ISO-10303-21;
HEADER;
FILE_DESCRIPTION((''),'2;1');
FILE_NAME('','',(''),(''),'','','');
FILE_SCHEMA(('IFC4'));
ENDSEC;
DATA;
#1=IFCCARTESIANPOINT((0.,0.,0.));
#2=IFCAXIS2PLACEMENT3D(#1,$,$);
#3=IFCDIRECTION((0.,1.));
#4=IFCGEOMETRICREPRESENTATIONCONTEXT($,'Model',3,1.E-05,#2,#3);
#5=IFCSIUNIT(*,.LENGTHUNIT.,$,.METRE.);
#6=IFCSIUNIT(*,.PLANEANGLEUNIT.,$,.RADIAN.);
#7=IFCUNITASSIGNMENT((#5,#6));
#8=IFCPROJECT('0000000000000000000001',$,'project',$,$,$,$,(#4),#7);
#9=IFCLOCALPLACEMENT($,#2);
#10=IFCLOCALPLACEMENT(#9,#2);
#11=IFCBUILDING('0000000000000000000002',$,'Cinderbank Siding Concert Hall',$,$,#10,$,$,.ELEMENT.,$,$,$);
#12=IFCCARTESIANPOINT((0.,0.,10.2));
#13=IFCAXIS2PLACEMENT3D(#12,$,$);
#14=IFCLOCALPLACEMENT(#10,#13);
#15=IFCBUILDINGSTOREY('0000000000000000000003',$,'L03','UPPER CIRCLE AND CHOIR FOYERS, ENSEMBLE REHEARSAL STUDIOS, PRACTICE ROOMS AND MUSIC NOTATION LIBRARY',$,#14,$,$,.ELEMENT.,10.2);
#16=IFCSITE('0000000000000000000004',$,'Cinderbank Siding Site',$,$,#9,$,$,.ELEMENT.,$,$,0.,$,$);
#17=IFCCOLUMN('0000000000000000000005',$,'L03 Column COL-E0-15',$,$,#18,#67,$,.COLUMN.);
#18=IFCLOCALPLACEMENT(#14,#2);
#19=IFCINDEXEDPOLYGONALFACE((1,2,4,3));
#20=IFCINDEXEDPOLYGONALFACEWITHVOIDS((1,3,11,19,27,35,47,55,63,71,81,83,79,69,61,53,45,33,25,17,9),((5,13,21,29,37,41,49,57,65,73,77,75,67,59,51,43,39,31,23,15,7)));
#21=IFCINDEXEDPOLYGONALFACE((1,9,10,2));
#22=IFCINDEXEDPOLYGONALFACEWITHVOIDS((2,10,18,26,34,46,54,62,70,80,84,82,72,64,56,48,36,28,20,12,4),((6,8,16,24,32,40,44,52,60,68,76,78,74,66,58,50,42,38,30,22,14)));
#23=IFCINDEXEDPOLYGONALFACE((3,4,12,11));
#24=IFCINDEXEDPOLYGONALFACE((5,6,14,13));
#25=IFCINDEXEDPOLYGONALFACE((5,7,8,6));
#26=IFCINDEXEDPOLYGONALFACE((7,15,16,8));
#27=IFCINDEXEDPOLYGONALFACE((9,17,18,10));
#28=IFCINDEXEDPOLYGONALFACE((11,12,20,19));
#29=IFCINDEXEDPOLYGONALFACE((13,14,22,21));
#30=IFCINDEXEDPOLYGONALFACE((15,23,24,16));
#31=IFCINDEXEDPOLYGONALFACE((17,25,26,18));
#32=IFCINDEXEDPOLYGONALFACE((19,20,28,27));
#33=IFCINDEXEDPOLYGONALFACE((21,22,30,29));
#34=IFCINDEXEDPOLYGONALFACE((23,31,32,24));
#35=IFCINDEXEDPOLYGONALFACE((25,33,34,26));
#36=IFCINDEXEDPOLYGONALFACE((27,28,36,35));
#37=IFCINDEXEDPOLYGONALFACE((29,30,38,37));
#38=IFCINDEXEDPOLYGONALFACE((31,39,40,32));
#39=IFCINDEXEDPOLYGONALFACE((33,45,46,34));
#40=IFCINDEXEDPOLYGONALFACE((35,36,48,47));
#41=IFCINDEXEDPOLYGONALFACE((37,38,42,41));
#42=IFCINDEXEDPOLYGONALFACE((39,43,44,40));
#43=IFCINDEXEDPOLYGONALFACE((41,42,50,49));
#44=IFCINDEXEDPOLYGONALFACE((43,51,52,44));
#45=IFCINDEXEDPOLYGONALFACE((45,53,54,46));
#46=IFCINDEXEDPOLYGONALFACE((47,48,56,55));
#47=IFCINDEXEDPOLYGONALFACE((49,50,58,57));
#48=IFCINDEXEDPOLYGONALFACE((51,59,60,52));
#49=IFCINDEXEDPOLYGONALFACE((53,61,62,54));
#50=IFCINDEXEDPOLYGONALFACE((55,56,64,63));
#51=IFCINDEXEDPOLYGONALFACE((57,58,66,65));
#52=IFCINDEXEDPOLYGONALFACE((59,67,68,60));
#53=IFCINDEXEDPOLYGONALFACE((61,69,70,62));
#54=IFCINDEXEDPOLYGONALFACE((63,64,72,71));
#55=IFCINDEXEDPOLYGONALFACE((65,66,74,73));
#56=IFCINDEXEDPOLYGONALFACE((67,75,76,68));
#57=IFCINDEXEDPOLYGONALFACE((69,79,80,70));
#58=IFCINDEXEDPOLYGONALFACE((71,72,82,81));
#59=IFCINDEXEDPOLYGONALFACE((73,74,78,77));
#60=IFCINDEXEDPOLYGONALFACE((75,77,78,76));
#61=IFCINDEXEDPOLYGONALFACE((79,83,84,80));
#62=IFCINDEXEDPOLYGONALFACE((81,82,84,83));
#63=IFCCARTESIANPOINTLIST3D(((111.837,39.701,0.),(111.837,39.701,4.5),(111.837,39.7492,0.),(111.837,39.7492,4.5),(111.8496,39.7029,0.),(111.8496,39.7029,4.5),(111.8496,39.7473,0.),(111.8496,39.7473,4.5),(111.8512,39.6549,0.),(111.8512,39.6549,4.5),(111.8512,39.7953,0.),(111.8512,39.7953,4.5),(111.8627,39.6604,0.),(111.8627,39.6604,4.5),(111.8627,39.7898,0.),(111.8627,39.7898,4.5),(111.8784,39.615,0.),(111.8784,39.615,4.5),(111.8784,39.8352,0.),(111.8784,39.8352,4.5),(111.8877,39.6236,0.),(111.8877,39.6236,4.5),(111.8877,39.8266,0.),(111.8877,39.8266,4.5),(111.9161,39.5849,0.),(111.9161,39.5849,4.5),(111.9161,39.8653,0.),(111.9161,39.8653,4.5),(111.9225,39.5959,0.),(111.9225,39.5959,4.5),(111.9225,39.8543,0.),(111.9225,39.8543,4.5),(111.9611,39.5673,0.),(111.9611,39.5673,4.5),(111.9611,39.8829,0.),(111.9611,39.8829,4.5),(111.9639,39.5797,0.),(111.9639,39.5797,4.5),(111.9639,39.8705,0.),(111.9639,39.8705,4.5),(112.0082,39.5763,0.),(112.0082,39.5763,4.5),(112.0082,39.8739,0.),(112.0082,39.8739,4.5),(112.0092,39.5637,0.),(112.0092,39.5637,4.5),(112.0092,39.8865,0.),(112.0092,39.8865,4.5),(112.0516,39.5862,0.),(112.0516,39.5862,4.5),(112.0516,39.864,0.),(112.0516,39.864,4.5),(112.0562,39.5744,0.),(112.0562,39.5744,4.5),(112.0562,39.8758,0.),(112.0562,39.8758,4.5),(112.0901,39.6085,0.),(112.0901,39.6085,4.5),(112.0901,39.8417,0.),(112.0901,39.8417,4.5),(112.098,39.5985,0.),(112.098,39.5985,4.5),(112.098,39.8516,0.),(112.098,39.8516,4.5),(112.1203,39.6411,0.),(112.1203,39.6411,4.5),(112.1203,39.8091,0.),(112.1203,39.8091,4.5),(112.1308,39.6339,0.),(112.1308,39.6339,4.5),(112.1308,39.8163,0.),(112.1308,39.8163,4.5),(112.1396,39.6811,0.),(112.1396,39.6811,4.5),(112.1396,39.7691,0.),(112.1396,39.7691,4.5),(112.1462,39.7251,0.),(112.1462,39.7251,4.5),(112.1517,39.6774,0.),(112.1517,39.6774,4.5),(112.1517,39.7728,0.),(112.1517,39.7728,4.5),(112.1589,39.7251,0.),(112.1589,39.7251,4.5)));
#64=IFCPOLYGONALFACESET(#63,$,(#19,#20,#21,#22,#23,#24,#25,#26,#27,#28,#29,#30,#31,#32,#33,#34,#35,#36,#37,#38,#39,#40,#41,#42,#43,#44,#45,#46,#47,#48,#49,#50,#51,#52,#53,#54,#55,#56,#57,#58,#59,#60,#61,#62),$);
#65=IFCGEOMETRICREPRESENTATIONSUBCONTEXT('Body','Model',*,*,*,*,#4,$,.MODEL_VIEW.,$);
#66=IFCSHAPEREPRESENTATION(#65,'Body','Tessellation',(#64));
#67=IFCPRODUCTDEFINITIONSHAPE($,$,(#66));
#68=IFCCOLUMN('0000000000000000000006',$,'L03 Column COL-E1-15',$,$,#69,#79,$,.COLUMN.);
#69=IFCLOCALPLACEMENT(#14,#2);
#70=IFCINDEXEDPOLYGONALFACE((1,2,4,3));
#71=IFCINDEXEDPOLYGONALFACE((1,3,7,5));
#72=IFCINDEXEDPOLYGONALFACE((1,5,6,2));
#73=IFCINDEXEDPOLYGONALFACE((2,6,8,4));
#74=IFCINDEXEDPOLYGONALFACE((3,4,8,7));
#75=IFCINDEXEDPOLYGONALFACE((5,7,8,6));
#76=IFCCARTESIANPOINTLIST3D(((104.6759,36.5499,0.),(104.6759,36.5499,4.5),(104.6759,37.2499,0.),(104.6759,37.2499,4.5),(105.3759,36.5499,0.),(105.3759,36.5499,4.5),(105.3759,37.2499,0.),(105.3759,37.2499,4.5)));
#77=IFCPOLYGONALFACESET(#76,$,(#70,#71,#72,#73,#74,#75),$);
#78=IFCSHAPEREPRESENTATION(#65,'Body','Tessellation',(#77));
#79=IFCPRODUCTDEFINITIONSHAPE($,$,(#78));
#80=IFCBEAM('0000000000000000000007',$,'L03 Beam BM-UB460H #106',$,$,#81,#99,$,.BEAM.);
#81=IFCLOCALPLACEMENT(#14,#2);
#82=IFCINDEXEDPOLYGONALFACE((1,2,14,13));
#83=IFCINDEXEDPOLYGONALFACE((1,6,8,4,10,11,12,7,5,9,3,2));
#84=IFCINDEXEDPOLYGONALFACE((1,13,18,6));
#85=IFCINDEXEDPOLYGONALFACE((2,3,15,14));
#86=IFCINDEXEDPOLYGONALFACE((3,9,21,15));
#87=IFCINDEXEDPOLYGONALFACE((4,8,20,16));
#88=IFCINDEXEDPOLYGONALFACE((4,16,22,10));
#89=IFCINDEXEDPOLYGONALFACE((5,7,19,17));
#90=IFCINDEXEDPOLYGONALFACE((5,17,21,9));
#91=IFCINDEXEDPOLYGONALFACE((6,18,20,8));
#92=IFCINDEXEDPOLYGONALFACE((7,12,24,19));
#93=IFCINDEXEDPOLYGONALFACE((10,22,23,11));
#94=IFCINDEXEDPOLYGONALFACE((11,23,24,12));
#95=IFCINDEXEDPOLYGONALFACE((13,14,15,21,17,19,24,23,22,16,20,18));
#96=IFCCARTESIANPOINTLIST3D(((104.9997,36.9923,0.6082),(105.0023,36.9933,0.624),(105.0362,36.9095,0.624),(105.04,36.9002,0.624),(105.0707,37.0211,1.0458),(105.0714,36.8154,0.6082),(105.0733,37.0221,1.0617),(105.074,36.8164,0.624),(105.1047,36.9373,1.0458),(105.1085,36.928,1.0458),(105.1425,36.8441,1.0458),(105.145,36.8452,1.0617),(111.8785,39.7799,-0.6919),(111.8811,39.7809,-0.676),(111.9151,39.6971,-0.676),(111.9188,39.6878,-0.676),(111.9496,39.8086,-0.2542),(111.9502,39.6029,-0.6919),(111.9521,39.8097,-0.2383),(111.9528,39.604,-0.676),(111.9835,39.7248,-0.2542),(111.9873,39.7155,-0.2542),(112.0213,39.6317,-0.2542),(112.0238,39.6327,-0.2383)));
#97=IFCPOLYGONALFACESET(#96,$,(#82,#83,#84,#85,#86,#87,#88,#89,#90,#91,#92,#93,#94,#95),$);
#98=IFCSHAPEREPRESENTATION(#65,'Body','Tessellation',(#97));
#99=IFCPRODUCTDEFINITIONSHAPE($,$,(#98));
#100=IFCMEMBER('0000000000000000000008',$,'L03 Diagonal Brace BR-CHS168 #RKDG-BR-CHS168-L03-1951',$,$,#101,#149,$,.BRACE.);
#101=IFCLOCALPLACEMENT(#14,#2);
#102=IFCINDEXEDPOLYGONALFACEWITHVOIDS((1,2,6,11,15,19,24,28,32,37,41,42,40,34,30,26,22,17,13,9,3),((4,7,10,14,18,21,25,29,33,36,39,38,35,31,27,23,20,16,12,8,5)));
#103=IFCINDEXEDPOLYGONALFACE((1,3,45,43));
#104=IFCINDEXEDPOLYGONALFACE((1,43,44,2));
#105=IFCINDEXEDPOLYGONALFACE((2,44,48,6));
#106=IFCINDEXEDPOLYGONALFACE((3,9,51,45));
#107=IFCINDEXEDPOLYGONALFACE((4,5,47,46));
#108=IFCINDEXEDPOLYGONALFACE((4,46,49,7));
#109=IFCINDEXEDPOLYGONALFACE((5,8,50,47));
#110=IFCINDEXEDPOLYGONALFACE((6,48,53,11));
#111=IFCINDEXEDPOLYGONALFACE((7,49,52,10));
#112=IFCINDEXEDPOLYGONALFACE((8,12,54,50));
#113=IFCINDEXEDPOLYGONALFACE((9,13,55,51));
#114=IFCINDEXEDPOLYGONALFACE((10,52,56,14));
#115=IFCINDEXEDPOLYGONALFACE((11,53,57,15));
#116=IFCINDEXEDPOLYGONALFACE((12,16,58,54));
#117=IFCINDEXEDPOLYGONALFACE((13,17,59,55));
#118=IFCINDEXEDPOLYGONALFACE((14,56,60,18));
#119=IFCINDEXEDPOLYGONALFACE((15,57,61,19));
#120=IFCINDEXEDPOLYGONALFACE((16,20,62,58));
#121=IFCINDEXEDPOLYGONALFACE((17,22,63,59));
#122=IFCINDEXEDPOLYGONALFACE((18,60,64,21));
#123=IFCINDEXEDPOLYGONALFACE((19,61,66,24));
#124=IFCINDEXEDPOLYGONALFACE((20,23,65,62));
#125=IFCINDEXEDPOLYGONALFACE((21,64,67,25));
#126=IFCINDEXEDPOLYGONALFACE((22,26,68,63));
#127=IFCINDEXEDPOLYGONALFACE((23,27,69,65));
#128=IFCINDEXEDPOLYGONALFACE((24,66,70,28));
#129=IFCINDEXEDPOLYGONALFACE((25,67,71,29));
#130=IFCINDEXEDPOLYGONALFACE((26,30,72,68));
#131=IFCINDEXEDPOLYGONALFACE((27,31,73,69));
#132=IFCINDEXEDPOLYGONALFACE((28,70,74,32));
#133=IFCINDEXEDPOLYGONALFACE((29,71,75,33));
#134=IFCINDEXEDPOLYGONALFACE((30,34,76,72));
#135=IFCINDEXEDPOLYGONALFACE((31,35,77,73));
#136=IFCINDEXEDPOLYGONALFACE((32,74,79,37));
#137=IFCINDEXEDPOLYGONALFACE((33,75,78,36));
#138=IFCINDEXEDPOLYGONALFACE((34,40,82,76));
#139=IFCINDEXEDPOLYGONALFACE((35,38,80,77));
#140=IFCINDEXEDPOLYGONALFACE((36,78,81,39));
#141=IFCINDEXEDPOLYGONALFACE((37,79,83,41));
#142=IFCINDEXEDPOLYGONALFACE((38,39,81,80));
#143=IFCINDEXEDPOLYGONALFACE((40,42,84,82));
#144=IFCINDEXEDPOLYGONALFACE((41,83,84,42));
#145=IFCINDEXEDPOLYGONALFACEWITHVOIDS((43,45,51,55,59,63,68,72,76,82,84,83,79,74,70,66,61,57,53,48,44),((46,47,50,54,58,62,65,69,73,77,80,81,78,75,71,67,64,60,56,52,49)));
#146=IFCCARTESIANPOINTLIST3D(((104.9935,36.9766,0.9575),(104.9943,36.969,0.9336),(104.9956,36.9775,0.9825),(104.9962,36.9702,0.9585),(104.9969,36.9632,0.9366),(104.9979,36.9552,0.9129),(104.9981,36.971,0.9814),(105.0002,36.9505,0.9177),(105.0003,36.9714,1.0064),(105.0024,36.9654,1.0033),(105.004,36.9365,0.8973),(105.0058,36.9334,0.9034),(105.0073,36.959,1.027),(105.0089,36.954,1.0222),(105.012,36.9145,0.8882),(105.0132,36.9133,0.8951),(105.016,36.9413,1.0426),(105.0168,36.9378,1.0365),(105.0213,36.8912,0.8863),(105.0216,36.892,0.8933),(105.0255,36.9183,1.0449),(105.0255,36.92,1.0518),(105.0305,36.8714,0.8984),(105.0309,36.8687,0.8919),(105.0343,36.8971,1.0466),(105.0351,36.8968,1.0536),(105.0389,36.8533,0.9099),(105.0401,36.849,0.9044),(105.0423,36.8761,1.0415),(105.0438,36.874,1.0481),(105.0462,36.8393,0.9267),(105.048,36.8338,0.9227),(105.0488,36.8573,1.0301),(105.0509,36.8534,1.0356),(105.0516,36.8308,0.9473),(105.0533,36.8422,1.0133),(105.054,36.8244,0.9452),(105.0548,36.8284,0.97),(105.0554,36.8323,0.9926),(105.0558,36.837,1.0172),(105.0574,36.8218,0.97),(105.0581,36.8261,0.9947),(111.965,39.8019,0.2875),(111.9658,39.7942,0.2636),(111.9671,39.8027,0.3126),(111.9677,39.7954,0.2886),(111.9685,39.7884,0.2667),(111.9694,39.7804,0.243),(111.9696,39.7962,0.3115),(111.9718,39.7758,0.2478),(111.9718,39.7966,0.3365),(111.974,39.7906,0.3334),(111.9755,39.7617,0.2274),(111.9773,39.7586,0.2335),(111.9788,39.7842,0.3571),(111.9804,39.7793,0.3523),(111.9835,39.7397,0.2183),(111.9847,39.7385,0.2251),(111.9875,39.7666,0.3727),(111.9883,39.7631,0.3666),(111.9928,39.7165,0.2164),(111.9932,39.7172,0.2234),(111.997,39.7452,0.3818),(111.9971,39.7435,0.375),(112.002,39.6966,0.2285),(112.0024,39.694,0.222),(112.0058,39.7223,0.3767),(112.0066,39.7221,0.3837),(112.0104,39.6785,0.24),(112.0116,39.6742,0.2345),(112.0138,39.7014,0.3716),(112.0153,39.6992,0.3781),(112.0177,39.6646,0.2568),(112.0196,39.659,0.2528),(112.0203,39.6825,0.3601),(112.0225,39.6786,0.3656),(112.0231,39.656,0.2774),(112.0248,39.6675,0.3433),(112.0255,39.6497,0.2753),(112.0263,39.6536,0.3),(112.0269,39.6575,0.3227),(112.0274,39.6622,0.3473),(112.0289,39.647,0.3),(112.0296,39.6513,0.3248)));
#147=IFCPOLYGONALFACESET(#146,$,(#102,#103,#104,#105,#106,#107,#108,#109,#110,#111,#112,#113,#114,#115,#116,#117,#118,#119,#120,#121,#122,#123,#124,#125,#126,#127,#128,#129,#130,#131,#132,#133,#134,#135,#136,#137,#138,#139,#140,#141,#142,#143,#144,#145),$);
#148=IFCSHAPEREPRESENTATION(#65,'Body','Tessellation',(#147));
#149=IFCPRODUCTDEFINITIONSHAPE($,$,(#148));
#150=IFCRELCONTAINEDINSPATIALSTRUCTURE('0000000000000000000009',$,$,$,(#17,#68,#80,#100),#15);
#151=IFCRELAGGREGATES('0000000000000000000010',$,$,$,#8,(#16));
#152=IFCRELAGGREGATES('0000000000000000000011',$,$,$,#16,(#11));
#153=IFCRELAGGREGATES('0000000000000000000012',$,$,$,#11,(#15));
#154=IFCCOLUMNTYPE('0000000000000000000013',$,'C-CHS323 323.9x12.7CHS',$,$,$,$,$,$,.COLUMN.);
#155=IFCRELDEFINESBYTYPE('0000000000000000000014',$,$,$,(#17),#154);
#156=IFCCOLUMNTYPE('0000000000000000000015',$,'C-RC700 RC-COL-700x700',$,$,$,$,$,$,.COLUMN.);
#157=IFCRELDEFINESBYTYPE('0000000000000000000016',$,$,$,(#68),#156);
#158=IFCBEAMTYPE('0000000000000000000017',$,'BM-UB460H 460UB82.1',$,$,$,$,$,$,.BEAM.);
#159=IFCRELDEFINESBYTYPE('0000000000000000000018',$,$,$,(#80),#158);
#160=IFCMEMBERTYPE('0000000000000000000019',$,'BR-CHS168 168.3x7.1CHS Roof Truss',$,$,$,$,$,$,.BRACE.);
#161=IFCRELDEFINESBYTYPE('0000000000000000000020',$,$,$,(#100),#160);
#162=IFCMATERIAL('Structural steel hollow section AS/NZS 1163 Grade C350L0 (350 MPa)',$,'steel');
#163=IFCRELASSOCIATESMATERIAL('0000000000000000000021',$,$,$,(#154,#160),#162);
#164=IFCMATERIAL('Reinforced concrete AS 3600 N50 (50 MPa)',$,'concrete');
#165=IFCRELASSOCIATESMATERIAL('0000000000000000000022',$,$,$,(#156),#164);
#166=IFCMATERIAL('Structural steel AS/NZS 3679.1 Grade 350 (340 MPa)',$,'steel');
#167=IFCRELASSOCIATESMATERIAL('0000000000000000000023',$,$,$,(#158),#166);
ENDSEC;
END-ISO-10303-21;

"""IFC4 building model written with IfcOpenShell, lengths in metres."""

from ifc_helpers import new_model, si_unit, direction, frame, origin, origin_2d, place, context, subcontext, project, spatial, rectangle, hollow_circle, i_section, extrude, material, material_profile, profile_set, type_object, element, save


model = new_model("IFC4")

# Units and contexts
model_context = context("Model", 3, precision=1e-05, world=origin(), true_north=direction((0.0, 1.0)))
body_context = subcontext(model_context, "Body", "Model", "MODEL_VIEW")
ifc_project = project(units=[si_unit("LENGTHUNIT", "METRE"), si_unit("PLANEANGLEUNIT", "RADIAN")], contexts=[model_context])

# Site, building, storey
site_placement = place(None, origin())
site = spatial("IfcSite", under=ifc_project, at=site_placement, Name="Cinderbank Siding Site", CompositionType="ELEMENT", RefElevation=0.0)
building_placement = place(site_placement, origin())
building = spatial("IfcBuilding", under=site, at=building_placement, Name="Cinderbank Siding Concert Hall", CompositionType="ELEMENT")
storey_placement = place(building_placement, frame((0.0, 0.0, 10.2)))
storey = spatial("IfcBuildingStorey", under=building, at=storey_placement, Name="L03", Description="UPPER CIRCLE AND CHOIR FOYERS, ENSEMBLE REHEARSAL STUDIOS, PRACTICE ROOMS AND MUSIC NOTATION LIBRARY", CompositionType="ELEMENT", Elevation=10.2)

# Columns
ifc_material_1 = material(Name="Structural steel hollow section AS/NZS 1163 Grade C350L0 (350 MPa)", Category="steel")
ifc_material_profile_1 = material_profile(ifc_material_1, hollow_circle(Radius=0.1619, WallThickness=0.0127, at=origin_2d()), Name="323.9x12.7CHS", Category="LoadBearing")
ifc_profile_set_1 = profile_set([ifc_material_profile_1], Name="Structural steel hollow section AS/NZS 1163 Grade C350L0 (350 MPa)")
column_type_1 = type_object("IfcColumnType", Name="C-CHS323 323.9x12.7CHS", PredefinedType="COLUMN", material=ifc_profile_set_1)
column_1_placement = place(storey_placement, frame((111.9971, 39.7251, 0.0), z_axis=(0.0, 0.0, 1.0), x_axis=(1.0, 0.0, 0.0)))
element("IfcColumn", 1, at=column_1_placement, inside=storey, type_object=column_type_1, Name="L03 Column COL-E0-15", PredefinedType="COLUMN", context=body_context, shape_type="SweptSolid", body=[
    extrude(hollow_circle(Radius=0.1619, WallThickness=0.0127, at=origin_2d()), origin(), (0.0, 0.0, 1.0), 4.5),
])
ifc_material_2 = material(Name="Reinforced concrete AS 3600 N50 (50 MPa)", Category="concrete")
ifc_material_profile_2 = material_profile(ifc_material_2, rectangle(XDim=0.7, YDim=0.7, at=origin_2d()), Name="RC-COL-700x700", Category="LoadBearing")
ifc_profile_set_2 = profile_set([ifc_material_profile_2], Name="Reinforced concrete AS 3600 N50 (50 MPa)")
column_type_2 = type_object("IfcColumnType", Name="C-RC700 RC-COL-700x700", PredefinedType="COLUMN", material=ifc_profile_set_2)
column_2_placement = place(storey_placement, frame((105.0259, 36.8999, 0.0), z_axis=(0.0, 0.0, 1.0), x_axis=(1.0, 0.0, 0.0)))
element("IfcColumn", 2, at=column_2_placement, inside=storey, type_object=column_type_2, Name="L03 Column COL-E1-15", PredefinedType="COLUMN", context=body_context, shape_type="SweptSolid", body=[
    extrude(rectangle(XDim=0.7, YDim=0.7, at=origin_2d()), origin(), (0.0, 0.0, 1.0), 4.5),
])

# Beam
ifc_material_3 = material(Name="Structural steel AS/NZS 3679.1 Grade 350 (340 MPa)", Category="steel")
ifc_material_profile_3 = material_profile(ifc_material_3, i_section(OverallWidth=0.1909, OverallDepth=0.4604, WebThickness=0.01, FlangeThickness=0.0161, at=origin_2d()), Name="460UB82.1", Category="LoadBearing")
ifc_profile_set_3 = profile_set([ifc_material_profile_3], Name="Structural steel AS/NZS 3679.1 Grade 350 (340 MPa)")
beam_type_1 = type_object("IfcBeamType", Name="BM-UB460H 460UB82.1", PredefinedType="BEAM", material=ifc_profile_set_3)
beam_1_placement = place(storey_placement, frame((111.9512, 39.7063, -0.4651), z_axis=(-0.912895, -0.36994, 0.172529), x_axis=(0.375572, -0.926793, 0.0)))
element("IfcBeam", 3, at=beam_1_placement, inside=storey, type_object=beam_type_1, Name="L03 Beam BM-UB460H #106", PredefinedType="BEAM", context=body_context, shape_type="SweptSolid", body=[
    extrude(i_section(OverallWidth=0.1909, OverallDepth=0.4604, WebThickness=0.01, FlangeThickness=0.0161, at=origin_2d()), origin(), (0.0, 0.0, 1.0), 7.5352),
])

# Member
ifc_material_profile_4 = material_profile(ifc_material_1, hollow_circle(Radius=0.0842, WallThickness=0.0071, at=origin_2d()), Name="168.3x7.1CHS", Category="LoadBearing")
ifc_profile_set_4 = profile_set([ifc_material_profile_4], Name="Structural steel hollow section AS/NZS 1163 Grade C350L0 (350 MPa)")
member_type_1 = type_object("IfcMemberType", Name="BR-CHS168 168.3x7.1CHS Roof Truss", PredefinedType="BRACE", material=ifc_profile_set_4)
member_1_placement = place(storey_placement, frame((111.9973, 39.7251, 0.3), z_axis=(-0.923135, -0.374103, 0.088709), x_axis=(0.375584, -0.926788, 0.0)))
element("IfcMember", 4, at=member_1_placement, inside=storey, type_object=member_type_1, Name="L03 Diagonal Brace BR-CHS168 #RKDG-BR-CHS168-L03-1951", PredefinedType="BRACE", context=body_context, shape_type="SweptSolid", body=[
    extrude(hollow_circle(Radius=0.0842, WallThickness=0.0071, at=origin_2d()), origin(), (0.0, 0.0, 1.0), 7.552),
])

save(model, "model.ifc")
